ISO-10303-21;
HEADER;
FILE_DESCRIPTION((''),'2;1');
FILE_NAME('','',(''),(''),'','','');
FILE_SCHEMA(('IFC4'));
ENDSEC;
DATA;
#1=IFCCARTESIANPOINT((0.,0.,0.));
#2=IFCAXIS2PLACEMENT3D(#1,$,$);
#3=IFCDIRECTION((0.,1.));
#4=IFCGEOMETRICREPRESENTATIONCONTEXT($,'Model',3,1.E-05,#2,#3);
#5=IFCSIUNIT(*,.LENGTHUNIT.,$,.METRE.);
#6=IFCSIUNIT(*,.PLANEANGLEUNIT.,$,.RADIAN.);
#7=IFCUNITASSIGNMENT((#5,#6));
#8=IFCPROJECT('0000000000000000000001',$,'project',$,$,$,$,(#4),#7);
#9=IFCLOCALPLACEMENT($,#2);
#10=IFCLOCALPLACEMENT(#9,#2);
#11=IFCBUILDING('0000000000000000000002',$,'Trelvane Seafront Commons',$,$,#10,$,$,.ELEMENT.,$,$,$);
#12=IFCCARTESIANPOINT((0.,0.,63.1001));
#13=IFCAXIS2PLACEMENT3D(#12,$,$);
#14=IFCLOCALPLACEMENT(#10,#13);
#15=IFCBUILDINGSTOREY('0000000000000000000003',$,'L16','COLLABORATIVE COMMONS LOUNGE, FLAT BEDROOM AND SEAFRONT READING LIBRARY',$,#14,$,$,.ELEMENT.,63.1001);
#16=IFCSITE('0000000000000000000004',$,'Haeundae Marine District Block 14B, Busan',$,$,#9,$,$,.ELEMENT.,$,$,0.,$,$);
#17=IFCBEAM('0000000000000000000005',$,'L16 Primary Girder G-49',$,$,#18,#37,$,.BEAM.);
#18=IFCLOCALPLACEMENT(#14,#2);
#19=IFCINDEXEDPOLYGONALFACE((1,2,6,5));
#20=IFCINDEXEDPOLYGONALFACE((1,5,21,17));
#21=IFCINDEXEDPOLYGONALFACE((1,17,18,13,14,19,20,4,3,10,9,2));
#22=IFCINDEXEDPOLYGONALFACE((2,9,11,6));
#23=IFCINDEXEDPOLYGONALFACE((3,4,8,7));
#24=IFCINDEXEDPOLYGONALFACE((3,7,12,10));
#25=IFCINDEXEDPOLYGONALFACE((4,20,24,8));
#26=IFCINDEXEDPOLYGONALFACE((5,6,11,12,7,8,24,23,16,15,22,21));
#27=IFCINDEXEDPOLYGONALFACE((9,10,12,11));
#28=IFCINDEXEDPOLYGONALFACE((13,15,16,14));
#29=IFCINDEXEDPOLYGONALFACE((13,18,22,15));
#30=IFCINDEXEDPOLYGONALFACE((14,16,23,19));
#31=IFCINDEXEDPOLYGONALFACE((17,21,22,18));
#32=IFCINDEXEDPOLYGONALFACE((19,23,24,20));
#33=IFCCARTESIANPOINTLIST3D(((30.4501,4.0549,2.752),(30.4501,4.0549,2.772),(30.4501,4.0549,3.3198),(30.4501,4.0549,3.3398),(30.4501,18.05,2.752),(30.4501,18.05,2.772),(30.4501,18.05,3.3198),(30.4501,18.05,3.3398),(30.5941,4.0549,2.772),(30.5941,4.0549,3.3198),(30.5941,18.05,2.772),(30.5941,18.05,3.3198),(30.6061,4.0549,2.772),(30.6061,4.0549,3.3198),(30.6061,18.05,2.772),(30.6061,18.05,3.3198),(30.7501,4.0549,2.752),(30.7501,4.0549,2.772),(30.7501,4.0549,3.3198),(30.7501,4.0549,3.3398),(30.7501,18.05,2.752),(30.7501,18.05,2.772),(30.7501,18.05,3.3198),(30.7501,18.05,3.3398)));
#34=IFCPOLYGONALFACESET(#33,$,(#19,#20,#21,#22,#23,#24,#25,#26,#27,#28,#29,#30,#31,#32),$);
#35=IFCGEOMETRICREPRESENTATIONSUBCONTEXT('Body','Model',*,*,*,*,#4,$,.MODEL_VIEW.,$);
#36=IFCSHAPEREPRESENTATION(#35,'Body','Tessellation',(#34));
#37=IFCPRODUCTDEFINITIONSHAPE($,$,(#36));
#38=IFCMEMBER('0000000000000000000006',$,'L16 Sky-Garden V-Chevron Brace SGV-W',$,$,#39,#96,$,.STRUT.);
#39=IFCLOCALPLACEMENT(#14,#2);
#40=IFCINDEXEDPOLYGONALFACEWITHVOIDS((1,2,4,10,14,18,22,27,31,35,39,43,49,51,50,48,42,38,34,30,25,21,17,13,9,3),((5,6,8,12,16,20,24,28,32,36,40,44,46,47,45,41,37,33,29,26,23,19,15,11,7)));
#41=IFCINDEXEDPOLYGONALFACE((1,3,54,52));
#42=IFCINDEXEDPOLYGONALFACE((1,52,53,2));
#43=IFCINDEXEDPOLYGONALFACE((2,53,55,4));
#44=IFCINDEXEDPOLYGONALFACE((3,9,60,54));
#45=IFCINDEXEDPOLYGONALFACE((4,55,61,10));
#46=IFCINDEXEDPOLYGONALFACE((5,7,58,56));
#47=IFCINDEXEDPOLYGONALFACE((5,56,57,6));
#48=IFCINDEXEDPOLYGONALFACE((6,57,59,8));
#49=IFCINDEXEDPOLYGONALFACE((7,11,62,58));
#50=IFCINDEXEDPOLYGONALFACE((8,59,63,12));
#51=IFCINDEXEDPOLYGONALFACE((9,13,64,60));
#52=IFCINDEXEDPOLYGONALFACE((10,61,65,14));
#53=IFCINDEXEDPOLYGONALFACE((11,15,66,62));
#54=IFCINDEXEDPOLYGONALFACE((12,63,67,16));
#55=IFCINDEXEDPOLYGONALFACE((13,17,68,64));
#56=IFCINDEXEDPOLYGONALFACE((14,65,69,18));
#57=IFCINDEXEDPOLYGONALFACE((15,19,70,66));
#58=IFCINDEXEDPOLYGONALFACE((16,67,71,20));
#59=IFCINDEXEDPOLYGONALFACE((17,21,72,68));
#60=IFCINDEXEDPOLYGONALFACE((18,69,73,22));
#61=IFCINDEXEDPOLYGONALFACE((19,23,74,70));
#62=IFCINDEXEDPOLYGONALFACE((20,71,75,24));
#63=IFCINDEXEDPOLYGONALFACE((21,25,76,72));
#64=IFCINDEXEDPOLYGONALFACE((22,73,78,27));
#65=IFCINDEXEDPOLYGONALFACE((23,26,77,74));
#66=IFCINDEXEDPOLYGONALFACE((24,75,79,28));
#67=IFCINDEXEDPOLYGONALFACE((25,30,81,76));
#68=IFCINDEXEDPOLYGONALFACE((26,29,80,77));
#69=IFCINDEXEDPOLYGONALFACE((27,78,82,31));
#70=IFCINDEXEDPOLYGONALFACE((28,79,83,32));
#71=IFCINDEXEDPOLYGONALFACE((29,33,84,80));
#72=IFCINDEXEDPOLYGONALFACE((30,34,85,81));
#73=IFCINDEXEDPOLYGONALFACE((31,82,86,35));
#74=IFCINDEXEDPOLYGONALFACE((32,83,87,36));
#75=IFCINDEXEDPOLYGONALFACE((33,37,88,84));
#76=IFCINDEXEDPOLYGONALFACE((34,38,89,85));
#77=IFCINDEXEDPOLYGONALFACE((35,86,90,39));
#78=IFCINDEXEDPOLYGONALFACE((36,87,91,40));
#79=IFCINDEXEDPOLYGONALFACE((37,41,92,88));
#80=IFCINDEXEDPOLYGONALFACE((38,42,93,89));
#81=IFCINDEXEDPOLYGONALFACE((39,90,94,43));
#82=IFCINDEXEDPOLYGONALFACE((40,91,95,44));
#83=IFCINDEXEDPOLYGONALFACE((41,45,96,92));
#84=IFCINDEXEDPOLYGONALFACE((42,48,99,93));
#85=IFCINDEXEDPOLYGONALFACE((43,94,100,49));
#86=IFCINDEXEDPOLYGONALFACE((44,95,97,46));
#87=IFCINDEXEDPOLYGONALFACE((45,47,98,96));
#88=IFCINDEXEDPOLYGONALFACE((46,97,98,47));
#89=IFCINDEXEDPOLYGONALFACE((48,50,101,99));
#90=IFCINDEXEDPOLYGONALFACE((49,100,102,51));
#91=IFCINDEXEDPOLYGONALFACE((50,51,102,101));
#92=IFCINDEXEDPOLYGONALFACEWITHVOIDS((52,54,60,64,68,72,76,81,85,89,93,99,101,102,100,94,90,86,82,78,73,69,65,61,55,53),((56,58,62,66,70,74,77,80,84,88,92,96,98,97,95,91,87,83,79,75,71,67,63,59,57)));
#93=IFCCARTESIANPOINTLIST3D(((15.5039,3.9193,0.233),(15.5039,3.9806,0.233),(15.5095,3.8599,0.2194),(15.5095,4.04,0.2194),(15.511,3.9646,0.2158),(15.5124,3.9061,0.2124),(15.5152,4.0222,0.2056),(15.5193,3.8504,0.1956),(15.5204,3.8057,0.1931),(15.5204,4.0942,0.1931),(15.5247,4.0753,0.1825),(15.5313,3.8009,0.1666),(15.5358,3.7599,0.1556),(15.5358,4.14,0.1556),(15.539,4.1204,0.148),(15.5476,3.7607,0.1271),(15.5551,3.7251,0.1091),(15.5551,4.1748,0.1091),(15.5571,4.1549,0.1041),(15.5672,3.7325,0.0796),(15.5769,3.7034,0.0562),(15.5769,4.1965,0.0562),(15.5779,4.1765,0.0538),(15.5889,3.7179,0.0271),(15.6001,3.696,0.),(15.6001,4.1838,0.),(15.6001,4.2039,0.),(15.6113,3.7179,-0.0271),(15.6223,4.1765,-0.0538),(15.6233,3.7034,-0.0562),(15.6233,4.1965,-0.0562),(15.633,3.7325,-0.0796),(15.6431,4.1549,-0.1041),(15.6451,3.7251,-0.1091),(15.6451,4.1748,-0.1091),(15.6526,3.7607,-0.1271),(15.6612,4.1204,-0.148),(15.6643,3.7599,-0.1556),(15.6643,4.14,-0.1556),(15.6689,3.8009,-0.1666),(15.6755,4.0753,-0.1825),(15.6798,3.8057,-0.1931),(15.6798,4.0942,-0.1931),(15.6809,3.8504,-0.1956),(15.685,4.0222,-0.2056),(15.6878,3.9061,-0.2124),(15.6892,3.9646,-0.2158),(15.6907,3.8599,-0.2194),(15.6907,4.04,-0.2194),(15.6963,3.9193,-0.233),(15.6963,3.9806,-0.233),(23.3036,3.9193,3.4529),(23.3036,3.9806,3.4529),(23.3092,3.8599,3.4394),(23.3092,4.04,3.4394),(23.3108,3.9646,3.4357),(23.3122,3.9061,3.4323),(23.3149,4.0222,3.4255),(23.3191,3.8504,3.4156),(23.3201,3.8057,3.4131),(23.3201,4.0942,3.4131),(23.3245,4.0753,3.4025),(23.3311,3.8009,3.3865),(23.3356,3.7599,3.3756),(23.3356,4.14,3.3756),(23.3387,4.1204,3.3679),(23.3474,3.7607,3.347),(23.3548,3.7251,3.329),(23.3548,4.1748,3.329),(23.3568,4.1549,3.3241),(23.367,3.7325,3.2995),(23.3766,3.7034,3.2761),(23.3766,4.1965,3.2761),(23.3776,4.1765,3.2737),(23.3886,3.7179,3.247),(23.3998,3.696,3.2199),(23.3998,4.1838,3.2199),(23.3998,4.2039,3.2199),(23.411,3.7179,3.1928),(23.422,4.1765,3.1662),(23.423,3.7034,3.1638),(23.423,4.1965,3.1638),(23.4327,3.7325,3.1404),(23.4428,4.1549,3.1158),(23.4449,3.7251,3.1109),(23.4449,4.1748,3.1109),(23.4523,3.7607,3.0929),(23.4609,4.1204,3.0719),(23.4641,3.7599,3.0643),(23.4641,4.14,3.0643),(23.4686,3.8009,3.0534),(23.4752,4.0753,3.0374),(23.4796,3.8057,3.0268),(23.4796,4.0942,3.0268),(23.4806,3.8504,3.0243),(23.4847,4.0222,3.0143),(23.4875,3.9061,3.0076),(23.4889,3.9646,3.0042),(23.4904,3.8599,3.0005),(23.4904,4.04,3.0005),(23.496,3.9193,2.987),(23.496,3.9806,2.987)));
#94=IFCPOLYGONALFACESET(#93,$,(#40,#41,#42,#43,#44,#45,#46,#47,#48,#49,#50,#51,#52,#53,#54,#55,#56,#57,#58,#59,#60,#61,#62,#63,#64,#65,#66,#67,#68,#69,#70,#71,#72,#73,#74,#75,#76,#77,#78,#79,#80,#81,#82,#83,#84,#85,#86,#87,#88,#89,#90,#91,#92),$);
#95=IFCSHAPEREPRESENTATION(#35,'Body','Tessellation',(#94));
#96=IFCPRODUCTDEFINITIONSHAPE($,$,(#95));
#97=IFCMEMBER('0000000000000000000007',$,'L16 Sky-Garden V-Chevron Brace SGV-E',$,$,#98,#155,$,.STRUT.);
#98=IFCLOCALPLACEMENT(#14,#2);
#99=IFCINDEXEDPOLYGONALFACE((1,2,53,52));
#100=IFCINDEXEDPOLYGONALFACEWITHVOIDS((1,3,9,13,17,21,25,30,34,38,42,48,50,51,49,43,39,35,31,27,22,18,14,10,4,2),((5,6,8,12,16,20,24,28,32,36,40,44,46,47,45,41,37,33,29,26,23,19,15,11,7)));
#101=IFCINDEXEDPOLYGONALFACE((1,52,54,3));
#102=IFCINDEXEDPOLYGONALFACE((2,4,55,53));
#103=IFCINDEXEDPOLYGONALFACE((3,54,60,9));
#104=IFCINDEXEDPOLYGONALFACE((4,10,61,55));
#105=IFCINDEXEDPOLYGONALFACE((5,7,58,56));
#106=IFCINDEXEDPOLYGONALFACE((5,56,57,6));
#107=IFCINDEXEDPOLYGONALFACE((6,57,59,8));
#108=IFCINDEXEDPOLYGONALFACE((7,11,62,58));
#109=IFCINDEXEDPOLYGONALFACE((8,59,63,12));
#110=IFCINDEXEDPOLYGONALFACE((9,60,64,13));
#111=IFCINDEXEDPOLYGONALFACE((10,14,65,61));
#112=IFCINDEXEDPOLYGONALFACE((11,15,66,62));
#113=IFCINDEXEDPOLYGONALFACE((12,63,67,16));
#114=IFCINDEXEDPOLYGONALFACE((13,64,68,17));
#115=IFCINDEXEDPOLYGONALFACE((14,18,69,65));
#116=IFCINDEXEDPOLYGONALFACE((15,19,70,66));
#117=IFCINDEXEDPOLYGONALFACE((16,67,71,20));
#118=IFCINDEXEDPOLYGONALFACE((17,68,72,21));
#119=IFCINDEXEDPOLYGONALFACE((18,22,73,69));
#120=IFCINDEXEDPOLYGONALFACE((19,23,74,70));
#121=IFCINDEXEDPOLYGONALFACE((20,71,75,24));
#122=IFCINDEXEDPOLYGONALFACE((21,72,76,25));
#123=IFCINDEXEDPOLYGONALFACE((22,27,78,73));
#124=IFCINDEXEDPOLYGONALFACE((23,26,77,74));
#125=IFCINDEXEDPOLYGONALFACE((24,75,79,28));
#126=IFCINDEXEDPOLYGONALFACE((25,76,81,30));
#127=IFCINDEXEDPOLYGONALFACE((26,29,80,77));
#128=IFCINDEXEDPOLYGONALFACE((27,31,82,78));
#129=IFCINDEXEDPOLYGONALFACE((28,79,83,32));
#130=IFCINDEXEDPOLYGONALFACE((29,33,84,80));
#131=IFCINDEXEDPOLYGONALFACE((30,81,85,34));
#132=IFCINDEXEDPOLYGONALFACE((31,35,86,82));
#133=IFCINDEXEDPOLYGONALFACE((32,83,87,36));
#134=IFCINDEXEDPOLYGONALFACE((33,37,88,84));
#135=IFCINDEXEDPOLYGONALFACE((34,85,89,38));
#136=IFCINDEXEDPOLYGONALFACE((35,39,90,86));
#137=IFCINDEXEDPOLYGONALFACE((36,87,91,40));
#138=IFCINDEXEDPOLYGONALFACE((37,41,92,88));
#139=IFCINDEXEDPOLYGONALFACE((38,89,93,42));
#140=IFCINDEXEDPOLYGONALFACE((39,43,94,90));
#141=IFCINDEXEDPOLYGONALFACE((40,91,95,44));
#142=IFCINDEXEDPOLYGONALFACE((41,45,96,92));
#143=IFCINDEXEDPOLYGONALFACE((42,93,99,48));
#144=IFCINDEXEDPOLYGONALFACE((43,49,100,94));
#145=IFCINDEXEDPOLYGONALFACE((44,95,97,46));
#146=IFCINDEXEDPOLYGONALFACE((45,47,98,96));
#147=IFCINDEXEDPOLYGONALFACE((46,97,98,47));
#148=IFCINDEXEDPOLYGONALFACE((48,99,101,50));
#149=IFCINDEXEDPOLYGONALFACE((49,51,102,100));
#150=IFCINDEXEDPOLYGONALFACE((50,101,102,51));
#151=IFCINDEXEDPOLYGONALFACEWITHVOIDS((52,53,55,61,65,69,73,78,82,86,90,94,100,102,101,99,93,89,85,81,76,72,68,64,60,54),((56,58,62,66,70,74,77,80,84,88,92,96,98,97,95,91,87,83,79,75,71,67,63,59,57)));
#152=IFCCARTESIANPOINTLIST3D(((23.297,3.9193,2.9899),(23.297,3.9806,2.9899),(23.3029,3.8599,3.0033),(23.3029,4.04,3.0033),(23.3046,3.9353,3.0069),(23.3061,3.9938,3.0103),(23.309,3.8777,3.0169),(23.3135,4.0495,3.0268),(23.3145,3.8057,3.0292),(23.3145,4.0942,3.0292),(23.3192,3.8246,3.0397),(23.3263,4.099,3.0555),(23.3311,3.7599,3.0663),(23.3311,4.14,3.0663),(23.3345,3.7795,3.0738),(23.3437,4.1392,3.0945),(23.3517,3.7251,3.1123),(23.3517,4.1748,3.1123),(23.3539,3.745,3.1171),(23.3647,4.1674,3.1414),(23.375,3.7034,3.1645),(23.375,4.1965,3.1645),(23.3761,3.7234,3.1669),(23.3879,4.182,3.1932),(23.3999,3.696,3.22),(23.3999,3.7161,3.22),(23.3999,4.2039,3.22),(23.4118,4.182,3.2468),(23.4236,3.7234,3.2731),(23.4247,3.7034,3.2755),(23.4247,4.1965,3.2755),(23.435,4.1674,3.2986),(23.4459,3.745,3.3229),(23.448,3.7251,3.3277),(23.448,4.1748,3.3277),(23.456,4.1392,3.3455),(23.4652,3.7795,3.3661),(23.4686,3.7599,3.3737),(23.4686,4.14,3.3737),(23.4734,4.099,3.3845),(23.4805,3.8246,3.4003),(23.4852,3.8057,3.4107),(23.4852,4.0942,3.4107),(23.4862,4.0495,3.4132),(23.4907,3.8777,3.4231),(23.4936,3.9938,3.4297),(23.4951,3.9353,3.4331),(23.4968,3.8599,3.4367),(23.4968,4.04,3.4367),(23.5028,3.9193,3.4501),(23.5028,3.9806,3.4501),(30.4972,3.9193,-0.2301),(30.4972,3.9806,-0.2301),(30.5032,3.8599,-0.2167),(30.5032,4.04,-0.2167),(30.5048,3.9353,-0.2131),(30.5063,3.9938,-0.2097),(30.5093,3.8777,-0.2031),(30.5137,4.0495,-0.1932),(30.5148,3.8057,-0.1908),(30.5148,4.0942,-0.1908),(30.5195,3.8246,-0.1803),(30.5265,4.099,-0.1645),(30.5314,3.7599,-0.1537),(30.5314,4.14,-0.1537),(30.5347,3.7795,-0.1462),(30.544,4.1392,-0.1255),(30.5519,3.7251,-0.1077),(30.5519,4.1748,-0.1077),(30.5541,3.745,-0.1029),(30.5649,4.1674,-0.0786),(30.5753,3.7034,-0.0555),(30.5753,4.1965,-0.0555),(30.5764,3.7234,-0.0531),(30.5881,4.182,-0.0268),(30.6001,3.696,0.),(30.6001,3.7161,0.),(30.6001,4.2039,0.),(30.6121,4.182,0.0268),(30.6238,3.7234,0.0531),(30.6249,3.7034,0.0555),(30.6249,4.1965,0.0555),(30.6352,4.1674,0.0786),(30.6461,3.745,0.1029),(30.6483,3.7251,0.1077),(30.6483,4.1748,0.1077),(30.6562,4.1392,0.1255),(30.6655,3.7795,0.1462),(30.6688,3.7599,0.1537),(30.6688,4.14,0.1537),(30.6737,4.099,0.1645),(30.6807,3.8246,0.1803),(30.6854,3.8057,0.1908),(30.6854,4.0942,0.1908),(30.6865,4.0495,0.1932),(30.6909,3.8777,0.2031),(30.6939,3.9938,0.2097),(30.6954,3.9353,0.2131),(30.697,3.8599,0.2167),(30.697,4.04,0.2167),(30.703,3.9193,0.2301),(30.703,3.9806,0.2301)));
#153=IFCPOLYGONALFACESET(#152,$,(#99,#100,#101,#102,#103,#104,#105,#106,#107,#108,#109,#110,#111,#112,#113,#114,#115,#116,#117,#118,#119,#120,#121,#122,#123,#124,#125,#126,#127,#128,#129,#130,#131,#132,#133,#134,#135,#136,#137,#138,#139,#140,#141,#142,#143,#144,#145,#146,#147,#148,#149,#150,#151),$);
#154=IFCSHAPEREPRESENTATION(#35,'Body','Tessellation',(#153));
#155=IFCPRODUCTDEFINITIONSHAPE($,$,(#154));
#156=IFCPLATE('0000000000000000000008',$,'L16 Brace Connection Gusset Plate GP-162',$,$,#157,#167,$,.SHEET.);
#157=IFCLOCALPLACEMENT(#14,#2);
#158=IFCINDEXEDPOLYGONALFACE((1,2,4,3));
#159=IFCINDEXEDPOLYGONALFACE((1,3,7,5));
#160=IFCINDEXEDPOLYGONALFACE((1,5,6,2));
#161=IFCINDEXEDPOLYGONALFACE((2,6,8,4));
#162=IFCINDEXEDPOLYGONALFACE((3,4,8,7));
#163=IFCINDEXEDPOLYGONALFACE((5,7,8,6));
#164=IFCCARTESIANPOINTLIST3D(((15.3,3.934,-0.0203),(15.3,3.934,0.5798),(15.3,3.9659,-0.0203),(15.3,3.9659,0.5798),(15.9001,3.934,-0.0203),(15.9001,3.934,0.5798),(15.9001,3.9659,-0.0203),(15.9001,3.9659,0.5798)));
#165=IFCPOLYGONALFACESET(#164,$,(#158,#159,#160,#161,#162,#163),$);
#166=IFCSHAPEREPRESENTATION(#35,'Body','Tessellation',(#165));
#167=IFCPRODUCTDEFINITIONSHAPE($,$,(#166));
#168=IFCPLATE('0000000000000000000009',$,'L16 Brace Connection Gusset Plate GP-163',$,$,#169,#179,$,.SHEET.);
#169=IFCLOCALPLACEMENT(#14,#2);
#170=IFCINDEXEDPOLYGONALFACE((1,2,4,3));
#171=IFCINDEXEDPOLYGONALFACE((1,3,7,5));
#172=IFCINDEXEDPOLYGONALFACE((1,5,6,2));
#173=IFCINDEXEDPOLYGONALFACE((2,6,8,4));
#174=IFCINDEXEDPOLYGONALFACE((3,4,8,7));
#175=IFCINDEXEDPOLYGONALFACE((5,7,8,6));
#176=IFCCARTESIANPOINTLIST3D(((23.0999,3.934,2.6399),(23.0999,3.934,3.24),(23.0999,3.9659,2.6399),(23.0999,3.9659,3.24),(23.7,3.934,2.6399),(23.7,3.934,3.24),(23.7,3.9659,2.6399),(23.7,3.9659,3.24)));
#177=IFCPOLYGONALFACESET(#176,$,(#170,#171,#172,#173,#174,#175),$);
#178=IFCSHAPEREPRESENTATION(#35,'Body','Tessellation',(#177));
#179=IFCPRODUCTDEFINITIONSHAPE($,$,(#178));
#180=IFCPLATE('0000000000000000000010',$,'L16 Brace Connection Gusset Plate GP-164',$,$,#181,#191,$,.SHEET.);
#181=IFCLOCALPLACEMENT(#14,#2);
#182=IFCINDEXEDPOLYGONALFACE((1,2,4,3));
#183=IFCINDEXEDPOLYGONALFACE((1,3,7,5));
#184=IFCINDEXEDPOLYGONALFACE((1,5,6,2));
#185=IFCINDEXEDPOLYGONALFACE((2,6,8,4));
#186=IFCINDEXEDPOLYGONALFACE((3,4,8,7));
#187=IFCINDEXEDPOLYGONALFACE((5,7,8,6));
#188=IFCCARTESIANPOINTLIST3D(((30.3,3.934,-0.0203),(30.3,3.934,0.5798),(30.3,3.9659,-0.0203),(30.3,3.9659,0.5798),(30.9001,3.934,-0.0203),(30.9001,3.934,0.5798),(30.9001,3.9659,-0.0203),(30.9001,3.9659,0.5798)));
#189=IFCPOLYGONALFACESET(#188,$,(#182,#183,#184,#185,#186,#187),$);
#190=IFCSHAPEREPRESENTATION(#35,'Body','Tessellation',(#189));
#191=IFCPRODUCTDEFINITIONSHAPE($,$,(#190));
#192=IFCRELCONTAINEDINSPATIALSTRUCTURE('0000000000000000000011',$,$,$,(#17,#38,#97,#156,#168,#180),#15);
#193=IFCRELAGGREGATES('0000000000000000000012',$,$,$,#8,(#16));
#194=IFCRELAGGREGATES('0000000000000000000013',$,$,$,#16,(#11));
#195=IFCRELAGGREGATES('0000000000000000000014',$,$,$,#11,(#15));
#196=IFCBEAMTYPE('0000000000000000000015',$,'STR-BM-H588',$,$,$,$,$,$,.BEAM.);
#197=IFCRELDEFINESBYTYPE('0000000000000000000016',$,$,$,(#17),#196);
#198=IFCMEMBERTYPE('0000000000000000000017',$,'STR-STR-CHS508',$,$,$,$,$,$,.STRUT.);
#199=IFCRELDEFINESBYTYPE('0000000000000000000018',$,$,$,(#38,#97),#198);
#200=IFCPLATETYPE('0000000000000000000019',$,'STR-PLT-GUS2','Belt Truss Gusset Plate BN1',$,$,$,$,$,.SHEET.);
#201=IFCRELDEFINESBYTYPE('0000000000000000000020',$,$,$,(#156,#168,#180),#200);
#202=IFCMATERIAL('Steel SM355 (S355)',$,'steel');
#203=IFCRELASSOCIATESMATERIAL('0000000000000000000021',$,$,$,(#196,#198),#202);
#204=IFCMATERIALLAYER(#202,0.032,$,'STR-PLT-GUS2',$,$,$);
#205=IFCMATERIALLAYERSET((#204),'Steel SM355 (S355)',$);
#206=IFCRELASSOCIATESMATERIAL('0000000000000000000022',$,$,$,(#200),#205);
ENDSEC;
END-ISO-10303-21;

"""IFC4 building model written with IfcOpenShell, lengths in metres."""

from ifc_helpers import new_model, si_unit, direction, frame, origin, origin_2d, place, context, subcontext, project, spatial, rectangle, hollow_circle, i_section, extrude, source, transform, mapped, material, layer, layer_set, material_profile, profile_set, type_object, element, save


model = new_model("IFC4")

# Units and contexts
model_context = context("Model", 3, precision=1e-05, world=origin(), true_north=direction((0.0, 1.0)))
body_context = subcontext(model_context, "Body", "Model", "MODEL_VIEW")
ifc_project = project(units=[si_unit("LENGTHUNIT", "METRE"), si_unit("PLANEANGLEUNIT", "RADIAN")], contexts=[model_context])

# Site, building, storey
site_placement = place(None, origin())
site = spatial("IfcSite", under=ifc_project, at=site_placement, Name="Haeundae Marine District Block 14B, Busan", CompositionType="ELEMENT", RefElevation=0.0)
building_placement = place(site_placement, origin())
building = spatial("IfcBuilding", under=site, at=building_placement, Name="Trelvane Seafront Commons", CompositionType="ELEMENT")
storey_placement = place(building_placement, frame((0.0, 0.0, 63.1001)))
storey = spatial("IfcBuildingStorey", under=building, at=storey_placement, Name="L16", Description="COLLABORATIVE COMMONS LOUNGE, FLAT BEDROOM AND SEAFRONT READING LIBRARY", CompositionType="ELEMENT", Elevation=63.1001)

# Shared definitions
ifc_material_1 = material(Name="Steel SM355 (S355)", Category="steel")

# Beam
ifc_material_profile_1 = material_profile(ifc_material_1, i_section(OverallWidth=0.3, OverallDepth=0.5879, WebThickness=0.012, FlangeThickness=0.02, at=origin_2d()), Name="H-588x300x12x20")
ifc_profile_set_1 = profile_set([ifc_material_profile_1], Name="Steel SM355 (S355)")
beam_type_1 = type_object("IfcBeamType", Name="STR-BM-H588", PredefinedType="BEAM", material=ifc_profile_set_1)
shared_shape_1 = source(origin(), body_context, "Body", "SweptSolid", [
    extrude(i_section(OverallWidth=0.3, OverallDepth=0.5879, WebThickness=0.012, FlangeThickness=0.02, at=origin_2d()), origin(), (0.0, 0.0, 1.0), 13.9951),
])
for number, where, z_axis, x_axis, name in (
    (1, (30.6001, 4.0549, 3.0459), (0.0, 1.0, 0.0), (-1.0, 0.0, 0.0), "L16 Primary Girder G-49"),
):
    element("IfcBeam", number, at=place(storey_placement, frame(where, z_axis=z_axis, x_axis=x_axis)), inside=storey, type_object=beam_type_1, Name=name, PredefinedType="BEAM", context=body_context, shape_type="MappedRepresentation", body=[
        mapped(shared_shape_1, transform((0.0, 0.0, 0.0), x_axis=(1.0, 0.0, 0.0), y_axis=(0.0, 1.0, 0.0), z_axis=(0.0, 0.0, 1.0), scale=1.0)),
    ])

# Members
ifc_material_profile_2 = material_profile(ifc_material_1, hollow_circle(Radius=0.2539, WallThickness=0.02, at=origin_2d()), Name="CHS-508x20")
ifc_profile_set_2 = profile_set([ifc_material_profile_2], Name="Steel SM355 (S355)")
member_type = type_object("IfcMemberType", Name="STR-STR-CHS508", PredefinedType="STRUT", material=ifc_profile_set_2)
shared_shape_2 = source(origin(), body_context, "Body", "SweptSolid", [
    extrude(hollow_circle(Radius=0.2539, WallThickness=0.02, at=origin_2d()), origin(), (0.0, 0.0, 1.0), 8.4382),
])
member_1_placement = place(storey_placement, frame((15.6001, 3.95, 0.0), z_axis=(0.924332, 0.0, 0.381589), x_axis=(0.0, 1.0, 0.0)))
element("IfcMember", 2, at=member_1_placement, inside=storey, type_object=member_type, Name="L16 Sky-Garden V-Chevron Brace SGV-W", PredefinedType="STRUT", context=body_context, shape_type="MappedRepresentation", body=[
    mapped(shared_shape_2, transform((0.0, 0.0, 0.0), x_axis=(1.0, 0.0, 0.0), y_axis=(0.0, 1.0, 0.0), z_axis=(0.0, 0.0, 1.0), scale=1.0)),
])
shared_shape_3 = source(origin(), body_context, "Body", "SweptSolid", [
    extrude(hollow_circle(Radius=0.2539, WallThickness=0.02, at=origin_2d()), origin(), (0.0, 0.0, 1.0), 7.8875),
])
member_2_placement = place(storey_placement, frame((30.6001, 3.95, 0.0), z_axis=(-0.912874, 0.0, 0.408243), x_axis=(0.0, -1.0, 0.0)))
element("IfcMember", 3, at=member_2_placement, inside=storey, type_object=member_type, Name="L16 Sky-Garden V-Chevron Brace SGV-E", PredefinedType="STRUT", context=body_context, shape_type="MappedRepresentation", body=[
    mapped(shared_shape_3, transform((0.0, 0.0, 0.0), x_axis=(1.0, 0.0, 0.0), y_axis=(0.0, 1.0, 0.0), z_axis=(0.0, 0.0, 1.0), scale=1.0)),
])

# Plates
ifc_layer_1 = layer(ifc_material_1, 0.032, Name="STR-PLT-GUS2")
ifc_layer_set_1 = layer_set([ifc_layer_1], Name="Steel SM355 (S355)")
plate_type_1 = type_object("IfcPlateType", Name="STR-PLT-GUS2", Description="Belt Truss Gusset Plate BN1", PredefinedType="SHEET", material=ifc_layer_set_1)
shared_shape_4 = source(origin(), body_context, "Body", "SweptSolid", [
    extrude(rectangle(XDim=0.6001, YDim=0.032, at=origin_2d()), origin(), (0.0, 0.0, 1.0), 0.6001),
])
for number, where, z_axis, x_axis, name in (
    (4, (15.6001, 3.95, -0.0203), (0.0, 0.0, 1.0), (1.0, 0.0, 0.0), "L16 Brace Connection Gusset Plate GP-162"),
    (5, (23.3999, 3.95, 2.6399), (0.0, 0.0, 1.0), (1.0, 0.0, 0.0), "L16 Brace Connection Gusset Plate GP-163"),
    (6, (30.6001, 3.95, -0.0203), (0.0, 0.0, 1.0), (1.0, 0.0, 0.0), "L16 Brace Connection Gusset Plate GP-164"),
):
    element("IfcPlate", number, at=place(storey_placement, frame(where, z_axis=z_axis, x_axis=x_axis)), inside=storey, type_object=plate_type_1, Name=name, PredefinedType="SHEET", context=body_context, shape_type="MappedRepresentation", body=[
        mapped(shared_shape_4, transform((0.0, 0.0, 0.0), x_axis=(1.0, 0.0, 0.0), y_axis=(0.0, 1.0, 0.0), z_axis=(0.0, 0.0, 1.0), scale=1.0)),
    ])

save(model, "model.ifc")
